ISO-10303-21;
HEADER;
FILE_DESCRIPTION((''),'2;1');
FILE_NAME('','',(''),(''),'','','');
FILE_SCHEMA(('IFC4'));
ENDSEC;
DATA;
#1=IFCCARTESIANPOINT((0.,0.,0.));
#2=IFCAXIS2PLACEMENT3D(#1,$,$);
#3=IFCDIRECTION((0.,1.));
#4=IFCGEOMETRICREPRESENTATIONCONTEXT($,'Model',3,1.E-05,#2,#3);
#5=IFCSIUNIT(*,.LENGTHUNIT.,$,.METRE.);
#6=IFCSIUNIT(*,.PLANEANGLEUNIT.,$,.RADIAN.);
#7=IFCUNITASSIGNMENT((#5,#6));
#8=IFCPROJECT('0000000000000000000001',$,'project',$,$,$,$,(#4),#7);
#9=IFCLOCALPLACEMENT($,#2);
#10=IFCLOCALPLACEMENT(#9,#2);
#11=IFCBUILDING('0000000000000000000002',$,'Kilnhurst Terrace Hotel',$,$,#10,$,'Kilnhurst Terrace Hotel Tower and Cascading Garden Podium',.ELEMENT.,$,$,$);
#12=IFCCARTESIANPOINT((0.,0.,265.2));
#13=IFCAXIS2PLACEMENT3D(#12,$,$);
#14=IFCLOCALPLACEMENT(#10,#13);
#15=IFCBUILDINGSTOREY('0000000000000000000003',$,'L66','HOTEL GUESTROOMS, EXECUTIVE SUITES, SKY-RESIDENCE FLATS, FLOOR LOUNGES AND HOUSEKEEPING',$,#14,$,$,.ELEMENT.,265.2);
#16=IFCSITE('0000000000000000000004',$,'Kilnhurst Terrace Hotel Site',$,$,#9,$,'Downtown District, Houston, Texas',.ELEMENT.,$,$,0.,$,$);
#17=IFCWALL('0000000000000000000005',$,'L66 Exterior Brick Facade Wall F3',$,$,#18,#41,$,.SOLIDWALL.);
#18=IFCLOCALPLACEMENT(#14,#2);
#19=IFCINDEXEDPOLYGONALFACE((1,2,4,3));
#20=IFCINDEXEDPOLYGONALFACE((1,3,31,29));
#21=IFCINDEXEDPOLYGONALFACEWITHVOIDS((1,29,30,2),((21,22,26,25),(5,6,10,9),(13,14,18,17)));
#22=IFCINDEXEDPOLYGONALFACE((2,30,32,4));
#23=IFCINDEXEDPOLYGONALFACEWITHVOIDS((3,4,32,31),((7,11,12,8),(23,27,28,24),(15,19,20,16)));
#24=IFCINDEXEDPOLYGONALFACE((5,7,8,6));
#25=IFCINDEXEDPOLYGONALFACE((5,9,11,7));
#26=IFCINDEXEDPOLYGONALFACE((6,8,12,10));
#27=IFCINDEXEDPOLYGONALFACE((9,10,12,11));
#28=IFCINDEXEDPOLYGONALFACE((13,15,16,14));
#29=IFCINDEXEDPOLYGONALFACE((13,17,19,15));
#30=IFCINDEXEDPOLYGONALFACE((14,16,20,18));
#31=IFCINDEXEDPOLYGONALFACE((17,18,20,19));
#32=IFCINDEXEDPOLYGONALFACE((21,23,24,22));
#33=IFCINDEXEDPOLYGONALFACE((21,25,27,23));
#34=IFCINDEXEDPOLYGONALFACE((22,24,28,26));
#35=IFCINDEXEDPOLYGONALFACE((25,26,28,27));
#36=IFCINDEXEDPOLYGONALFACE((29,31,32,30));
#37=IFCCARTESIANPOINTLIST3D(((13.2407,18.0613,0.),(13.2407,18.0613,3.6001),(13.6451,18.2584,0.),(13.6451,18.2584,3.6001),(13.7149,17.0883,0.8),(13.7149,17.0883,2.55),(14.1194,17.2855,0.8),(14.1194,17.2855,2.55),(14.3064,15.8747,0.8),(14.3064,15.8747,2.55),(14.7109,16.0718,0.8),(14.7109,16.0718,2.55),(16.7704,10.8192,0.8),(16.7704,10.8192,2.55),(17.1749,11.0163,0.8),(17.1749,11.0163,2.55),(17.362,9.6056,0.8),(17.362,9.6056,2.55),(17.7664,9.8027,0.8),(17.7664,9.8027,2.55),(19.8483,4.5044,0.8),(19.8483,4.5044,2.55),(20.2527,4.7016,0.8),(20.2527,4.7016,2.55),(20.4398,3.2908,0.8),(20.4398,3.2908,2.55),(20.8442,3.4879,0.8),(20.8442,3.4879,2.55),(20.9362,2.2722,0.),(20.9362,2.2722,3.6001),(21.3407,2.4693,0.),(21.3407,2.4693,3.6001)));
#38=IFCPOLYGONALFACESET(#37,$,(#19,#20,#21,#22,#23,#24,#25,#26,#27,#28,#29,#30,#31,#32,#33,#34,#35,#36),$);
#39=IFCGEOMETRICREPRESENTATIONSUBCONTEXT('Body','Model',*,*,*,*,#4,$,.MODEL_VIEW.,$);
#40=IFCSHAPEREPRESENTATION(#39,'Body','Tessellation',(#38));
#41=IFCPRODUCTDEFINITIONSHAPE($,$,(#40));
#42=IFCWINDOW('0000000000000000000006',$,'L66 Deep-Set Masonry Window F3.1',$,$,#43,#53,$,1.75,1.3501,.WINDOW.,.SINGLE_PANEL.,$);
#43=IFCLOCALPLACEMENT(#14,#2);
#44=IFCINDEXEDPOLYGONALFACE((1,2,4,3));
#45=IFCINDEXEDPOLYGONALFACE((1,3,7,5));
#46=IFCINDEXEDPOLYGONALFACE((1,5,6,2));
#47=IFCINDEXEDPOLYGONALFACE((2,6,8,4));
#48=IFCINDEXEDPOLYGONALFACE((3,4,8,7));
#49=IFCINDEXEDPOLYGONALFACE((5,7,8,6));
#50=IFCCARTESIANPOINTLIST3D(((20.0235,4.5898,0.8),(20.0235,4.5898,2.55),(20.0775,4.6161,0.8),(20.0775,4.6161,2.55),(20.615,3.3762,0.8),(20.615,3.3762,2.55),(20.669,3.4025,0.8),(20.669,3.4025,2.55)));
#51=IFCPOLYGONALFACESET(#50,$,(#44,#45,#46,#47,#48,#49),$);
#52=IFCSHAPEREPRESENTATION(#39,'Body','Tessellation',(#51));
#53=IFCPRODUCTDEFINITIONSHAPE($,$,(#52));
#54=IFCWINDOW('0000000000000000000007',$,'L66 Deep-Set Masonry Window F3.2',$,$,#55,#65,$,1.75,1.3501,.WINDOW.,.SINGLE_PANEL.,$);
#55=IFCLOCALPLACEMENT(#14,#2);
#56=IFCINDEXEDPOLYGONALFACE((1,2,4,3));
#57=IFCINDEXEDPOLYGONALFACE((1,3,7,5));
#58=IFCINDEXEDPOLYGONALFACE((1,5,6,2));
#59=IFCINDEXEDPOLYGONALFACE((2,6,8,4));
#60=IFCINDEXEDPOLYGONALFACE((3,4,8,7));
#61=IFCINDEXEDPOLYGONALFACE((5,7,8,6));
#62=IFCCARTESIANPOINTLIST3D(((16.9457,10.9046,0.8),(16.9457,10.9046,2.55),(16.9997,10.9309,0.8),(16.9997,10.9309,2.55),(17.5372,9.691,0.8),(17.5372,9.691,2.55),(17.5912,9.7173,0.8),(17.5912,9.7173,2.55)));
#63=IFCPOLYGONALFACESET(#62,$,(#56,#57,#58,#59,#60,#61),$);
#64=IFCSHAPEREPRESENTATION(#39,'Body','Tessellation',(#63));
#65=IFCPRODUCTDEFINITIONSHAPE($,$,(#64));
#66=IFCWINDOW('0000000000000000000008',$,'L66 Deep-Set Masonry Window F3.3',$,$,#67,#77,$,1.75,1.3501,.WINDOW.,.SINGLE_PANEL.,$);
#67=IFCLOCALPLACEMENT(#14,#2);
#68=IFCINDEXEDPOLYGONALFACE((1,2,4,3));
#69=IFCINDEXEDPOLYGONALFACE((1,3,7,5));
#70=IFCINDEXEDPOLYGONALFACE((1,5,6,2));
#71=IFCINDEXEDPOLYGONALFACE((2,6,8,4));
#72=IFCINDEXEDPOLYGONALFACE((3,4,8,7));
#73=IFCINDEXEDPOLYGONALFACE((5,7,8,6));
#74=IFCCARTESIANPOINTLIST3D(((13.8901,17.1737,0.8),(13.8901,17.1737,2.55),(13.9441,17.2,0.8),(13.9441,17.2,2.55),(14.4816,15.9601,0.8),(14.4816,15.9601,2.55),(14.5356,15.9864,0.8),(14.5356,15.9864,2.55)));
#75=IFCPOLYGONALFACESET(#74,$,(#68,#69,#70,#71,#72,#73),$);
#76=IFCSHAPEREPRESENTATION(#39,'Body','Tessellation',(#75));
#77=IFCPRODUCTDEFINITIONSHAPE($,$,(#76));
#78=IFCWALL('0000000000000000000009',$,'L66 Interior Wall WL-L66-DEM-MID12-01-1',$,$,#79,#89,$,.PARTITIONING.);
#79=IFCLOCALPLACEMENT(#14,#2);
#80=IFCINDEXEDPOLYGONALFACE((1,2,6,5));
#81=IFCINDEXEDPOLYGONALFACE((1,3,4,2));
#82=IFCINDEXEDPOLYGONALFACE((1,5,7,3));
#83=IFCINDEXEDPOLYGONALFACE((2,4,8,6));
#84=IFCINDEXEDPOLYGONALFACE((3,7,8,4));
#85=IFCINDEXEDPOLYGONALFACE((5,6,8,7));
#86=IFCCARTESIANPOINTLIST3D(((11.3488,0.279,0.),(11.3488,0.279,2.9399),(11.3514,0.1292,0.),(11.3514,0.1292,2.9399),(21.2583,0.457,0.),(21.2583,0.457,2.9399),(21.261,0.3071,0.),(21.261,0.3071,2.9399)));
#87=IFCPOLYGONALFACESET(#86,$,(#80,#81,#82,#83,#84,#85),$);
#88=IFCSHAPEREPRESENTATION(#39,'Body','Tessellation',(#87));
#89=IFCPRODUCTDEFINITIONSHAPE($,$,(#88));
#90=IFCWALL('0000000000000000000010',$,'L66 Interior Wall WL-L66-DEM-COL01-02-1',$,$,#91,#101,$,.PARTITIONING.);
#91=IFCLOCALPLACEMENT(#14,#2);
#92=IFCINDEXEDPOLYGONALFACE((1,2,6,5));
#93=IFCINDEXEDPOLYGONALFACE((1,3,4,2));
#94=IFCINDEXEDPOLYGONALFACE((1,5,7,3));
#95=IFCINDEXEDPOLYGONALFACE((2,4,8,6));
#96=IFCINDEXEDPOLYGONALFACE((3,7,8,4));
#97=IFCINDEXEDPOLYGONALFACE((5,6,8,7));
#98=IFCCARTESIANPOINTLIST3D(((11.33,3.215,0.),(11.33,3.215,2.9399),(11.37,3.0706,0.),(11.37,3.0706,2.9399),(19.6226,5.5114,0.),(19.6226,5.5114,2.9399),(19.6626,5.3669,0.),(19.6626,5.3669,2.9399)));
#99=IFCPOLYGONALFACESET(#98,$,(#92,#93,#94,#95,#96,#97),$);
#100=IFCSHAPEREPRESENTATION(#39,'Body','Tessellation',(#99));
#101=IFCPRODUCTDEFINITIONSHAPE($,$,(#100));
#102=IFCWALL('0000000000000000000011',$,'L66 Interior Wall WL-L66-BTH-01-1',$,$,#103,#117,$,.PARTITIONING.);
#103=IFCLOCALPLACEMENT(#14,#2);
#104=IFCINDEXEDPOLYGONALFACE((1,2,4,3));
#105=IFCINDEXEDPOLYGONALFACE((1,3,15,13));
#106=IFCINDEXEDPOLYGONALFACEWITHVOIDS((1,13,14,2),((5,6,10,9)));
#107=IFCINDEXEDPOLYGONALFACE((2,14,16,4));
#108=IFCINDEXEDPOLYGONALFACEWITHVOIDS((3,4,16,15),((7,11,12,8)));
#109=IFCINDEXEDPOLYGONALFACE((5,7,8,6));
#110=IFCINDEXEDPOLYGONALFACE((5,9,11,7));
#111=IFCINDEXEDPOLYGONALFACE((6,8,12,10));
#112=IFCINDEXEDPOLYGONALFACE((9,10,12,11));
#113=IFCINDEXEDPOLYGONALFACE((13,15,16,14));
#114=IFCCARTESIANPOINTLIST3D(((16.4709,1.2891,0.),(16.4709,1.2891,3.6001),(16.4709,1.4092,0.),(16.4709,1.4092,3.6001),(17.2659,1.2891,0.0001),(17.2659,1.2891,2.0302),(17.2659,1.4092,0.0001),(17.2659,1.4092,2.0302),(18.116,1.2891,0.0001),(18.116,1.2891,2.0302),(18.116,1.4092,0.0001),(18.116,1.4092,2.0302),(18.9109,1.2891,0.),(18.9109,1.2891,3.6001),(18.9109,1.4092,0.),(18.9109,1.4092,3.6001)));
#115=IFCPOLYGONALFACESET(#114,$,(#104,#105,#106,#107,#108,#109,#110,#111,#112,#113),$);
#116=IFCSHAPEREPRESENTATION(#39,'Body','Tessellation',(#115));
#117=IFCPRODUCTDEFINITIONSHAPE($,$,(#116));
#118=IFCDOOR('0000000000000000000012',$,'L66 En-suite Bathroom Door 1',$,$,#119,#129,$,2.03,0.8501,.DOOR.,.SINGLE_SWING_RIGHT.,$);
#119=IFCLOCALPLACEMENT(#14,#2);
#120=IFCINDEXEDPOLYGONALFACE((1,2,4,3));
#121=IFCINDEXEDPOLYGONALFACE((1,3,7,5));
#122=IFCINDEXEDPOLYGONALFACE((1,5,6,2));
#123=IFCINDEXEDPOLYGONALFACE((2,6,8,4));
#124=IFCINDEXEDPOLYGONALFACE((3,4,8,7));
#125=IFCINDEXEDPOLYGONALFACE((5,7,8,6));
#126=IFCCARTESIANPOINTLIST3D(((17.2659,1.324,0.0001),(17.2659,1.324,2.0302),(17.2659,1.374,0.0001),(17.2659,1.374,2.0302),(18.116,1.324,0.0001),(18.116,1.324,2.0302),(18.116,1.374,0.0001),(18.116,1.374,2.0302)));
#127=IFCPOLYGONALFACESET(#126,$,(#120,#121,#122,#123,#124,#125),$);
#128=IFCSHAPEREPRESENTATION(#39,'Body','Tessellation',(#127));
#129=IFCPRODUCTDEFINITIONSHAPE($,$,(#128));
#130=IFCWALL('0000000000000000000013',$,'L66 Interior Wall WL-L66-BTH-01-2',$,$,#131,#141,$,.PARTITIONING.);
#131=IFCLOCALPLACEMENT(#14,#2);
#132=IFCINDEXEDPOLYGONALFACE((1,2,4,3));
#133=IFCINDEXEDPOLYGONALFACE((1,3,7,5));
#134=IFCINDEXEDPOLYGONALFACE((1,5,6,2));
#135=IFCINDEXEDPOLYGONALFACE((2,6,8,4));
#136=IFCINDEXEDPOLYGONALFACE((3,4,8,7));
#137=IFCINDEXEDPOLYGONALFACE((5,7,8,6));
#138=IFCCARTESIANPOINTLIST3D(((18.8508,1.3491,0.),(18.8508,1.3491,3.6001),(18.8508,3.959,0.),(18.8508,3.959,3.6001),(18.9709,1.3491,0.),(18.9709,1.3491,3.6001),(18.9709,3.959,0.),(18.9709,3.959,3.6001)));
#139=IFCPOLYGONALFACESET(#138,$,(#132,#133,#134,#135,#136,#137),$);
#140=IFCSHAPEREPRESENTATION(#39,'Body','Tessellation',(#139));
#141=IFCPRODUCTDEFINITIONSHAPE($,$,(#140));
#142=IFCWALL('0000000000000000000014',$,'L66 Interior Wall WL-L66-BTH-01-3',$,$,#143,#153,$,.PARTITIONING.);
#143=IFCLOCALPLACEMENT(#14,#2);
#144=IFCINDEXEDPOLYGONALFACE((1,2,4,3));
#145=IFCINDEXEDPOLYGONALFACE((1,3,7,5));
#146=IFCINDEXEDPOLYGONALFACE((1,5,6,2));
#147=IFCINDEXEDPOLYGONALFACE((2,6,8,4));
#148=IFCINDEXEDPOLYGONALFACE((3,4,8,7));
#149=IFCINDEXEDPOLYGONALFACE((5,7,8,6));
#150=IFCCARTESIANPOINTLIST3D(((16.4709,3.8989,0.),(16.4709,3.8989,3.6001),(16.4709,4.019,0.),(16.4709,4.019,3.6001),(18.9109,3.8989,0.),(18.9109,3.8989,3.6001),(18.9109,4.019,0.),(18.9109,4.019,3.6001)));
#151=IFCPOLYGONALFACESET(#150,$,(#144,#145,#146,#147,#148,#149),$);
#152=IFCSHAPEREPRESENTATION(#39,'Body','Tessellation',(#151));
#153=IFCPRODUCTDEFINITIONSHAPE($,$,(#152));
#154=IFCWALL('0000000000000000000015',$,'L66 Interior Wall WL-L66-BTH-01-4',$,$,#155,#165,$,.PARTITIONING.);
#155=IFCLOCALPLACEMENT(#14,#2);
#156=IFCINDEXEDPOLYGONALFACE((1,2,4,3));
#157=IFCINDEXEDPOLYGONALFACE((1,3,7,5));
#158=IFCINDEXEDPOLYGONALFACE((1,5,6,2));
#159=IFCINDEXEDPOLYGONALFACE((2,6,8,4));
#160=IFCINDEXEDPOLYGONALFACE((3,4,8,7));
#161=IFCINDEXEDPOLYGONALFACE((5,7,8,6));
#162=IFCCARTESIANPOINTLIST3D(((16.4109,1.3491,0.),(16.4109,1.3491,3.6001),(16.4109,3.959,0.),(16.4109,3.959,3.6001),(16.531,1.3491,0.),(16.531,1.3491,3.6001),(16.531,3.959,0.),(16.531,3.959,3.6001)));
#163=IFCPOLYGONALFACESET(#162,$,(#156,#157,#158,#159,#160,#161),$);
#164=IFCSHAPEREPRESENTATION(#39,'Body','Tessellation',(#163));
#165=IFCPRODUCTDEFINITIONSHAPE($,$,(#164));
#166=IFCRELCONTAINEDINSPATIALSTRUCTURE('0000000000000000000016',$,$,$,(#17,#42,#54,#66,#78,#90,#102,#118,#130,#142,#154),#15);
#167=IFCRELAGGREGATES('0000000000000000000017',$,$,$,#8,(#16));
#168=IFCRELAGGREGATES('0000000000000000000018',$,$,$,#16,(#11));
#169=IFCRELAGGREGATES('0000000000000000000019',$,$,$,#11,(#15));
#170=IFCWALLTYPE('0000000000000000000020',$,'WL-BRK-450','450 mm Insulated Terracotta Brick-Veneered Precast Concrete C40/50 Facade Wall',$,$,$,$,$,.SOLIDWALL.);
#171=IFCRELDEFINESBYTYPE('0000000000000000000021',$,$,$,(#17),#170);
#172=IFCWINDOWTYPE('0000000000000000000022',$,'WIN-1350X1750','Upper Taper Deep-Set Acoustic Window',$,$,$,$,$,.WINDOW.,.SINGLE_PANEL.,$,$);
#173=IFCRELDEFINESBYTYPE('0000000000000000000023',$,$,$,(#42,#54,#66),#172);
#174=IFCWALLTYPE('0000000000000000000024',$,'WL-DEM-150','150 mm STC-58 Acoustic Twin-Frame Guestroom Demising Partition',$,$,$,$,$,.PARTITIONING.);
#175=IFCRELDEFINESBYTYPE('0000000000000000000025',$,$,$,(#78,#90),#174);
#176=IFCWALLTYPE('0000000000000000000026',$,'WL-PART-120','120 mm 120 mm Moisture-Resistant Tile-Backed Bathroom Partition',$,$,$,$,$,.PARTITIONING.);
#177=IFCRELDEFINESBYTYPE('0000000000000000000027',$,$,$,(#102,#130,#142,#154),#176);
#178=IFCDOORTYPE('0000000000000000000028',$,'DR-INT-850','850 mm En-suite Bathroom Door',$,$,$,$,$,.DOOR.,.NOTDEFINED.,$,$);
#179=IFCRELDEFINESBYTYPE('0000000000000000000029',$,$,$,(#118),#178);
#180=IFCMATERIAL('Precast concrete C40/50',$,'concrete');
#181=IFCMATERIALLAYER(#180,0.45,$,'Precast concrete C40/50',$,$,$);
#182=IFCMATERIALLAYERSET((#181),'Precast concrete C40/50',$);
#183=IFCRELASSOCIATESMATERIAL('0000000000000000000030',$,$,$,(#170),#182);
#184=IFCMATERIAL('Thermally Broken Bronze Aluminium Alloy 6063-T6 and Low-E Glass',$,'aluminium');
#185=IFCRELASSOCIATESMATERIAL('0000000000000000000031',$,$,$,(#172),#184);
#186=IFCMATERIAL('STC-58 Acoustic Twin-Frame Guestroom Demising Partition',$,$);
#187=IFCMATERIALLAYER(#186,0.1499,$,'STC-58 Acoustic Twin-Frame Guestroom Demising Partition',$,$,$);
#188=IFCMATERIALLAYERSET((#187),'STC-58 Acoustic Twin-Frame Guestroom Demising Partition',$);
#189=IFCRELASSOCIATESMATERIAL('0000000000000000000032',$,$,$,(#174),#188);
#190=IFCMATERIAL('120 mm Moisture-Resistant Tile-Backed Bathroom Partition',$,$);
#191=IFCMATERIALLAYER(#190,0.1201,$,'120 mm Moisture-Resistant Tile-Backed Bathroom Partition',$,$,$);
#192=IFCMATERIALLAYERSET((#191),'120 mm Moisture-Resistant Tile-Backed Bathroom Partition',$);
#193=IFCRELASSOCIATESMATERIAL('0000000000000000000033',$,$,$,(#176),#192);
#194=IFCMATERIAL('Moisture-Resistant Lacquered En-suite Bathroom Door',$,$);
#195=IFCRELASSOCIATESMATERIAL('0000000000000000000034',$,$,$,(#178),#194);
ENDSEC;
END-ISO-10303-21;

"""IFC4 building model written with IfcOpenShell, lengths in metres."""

from ifc_helpers import new_model, si_unit, direction, frame, frame_2d, origin, place, context, subcontext, project, spatial, rectangle, extrude, material, layer, layer_set, type_object, element, fill, save


model = new_model("IFC4")

# Units and contexts
model_context = context("Model", 3, precision=1e-05, world=origin(), true_north=direction((0.0, 1.0)))
body_context = subcontext(model_context, "Body", "Model", "MODEL_VIEW")
ifc_project = project(units=[si_unit("LENGTHUNIT", "METRE"), si_unit("PLANEANGLEUNIT", "RADIAN")], contexts=[model_context])

# Site, building, storey
site_placement = place(None, origin())
site = spatial("IfcSite", under=ifc_project, at=site_placement, Name="Kilnhurst Terrace Hotel Site", LongName="Downtown District, Houston, Texas", CompositionType="ELEMENT", RefElevation=0.0)
building_placement = place(site_placement, origin())
building = spatial("IfcBuilding", under=site, at=building_placement, Name="Kilnhurst Terrace Hotel", LongName="Kilnhurst Terrace Hotel Tower and Cascading Garden Podium", CompositionType="ELEMENT")
storey_placement = place(building_placement, frame((0.0, 0.0, 265.2)))
storey = spatial("IfcBuildingStorey", under=building, at=storey_placement, Name="L66", Description="HOTEL GUESTROOMS, EXECUTIVE SUITES, SKY-RESIDENCE FLATS, FLOOR LOUNGES AND HOUSEKEEPING", CompositionType="ELEMENT", Elevation=265.2)

# Shared definitions
ifc_material_1 = material(Name="Precast concrete C40/50", Category="concrete")
ifc_layer_1 = layer(ifc_material_1, 0.45, Name="Precast concrete C40/50")
ifc_layer_set_1 = layer_set([ifc_layer_1], Name="Precast concrete C40/50")
wall_type_1 = type_object("IfcWallType", Name="WL-BRK-450", Description="450 mm Insulated Terracotta Brick-Veneered Precast Concrete C40/50 Facade Wall", PredefinedType="SOLIDWALL", material=ifc_layer_set_1)

# Wall, openings, windows
wall_1_placement = place(storey_placement, frame((21.1384, 2.3708, 0.0), z_axis=(0.0, 0.0, 1.0), x_axis=(-0.438128, 0.898913, 0.0)))
wall_1 = element("IfcWall", 1, at=wall_1_placement, inside=storey, type_object=wall_type_1, Name="L66 Exterior Brick Facade Wall F3", PredefinedType="SOLIDWALL", context=body_context, shape_type="SweptSolid", body=[
    extrude(rectangle(XDim=17.5647, YDim=0.45, at=frame_2d((8.7822, 0.0))), origin(), (0.0, 0.0, 1.0), 3.6001),
])
opening_1_placement = place(wall_1_placement, frame((1.1331, 0.0, 0.8)))
opening_1 = element("IfcOpeningElement", 2, at=opening_1_placement, cuts=wall_1, PredefinedType="OPENING", context=body_context, shape_type="SweptSolid", body=[
    extrude(rectangle(XDim=1.3501, YDim=1.75, at=frame_2d((0.675, 0.875))), frame((0.0, 0.2349, 0.0), z_axis=(0.0, -1.0, 0.0), x_axis=(1.0, 0.0, 0.0)), (0.0, 0.0, 1.0), 0.47),
])
opening_2_placement = place(wall_1_placement, frame((8.158, 0.0, 0.8)))
opening_2 = element("IfcOpeningElement", 3, at=opening_2_placement, cuts=wall_1, PredefinedType="OPENING", context=body_context, shape_type="SweptSolid", body=[
    extrude(rectangle(XDim=1.3501, YDim=1.75, at=frame_2d((0.675, 0.875))), frame((0.0, 0.2349, 0.0), z_axis=(0.0, -1.0, 0.0), x_axis=(1.0, 0.0, 0.0)), (0.0, 0.0, 1.0), 0.47),
])
opening_3_placement = place(wall_1_placement, frame((15.1321, 0.0, 0.8)))
opening_3 = element("IfcOpeningElement", 4, at=opening_3_placement, cuts=wall_1, PredefinedType="OPENING", context=body_context, shape_type="SweptSolid", body=[
    extrude(rectangle(XDim=1.3501, YDim=1.75, at=frame_2d((0.675, 0.875))), frame((0.0, 0.2349, 0.0), z_axis=(0.0, -1.0, 0.0), x_axis=(1.0, 0.0, 0.0)), (0.0, 0.0, 1.0), 0.47),
])
ifc_material_2 = material(Name="Thermally Broken Bronze Aluminium Alloy 6063-T6 and Low-E Glass", Category="aluminium")
window_type = type_object("IfcWindowType", Name="WIN-1350X1750", Description="Upper Taper Deep-Set Acoustic Window", PartitioningType="SINGLE_PANEL", PredefinedType="WINDOW", material=ifc_material_2)
window_1_placement = place(opening_1_placement, origin())
window_1 = element("IfcWindow", 5, at=window_1_placement, inside=storey, type_object=window_type, Name="L66 Deep-Set Masonry Window F3.1", OverallHeight=1.75, OverallWidth=1.3501, PartitioningType="SINGLE_PANEL", PredefinedType="WINDOW", context=body_context, shape_type="SweptSolid", body=[
    extrude(rectangle(XDim=1.3501, YDim=1.75, at=frame_2d((0.675, 0.875))), frame((0.0, 0.03, 0.0), z_axis=(0.0, -1.0, 0.0), x_axis=(1.0, 0.0, 0.0)), (0.0, 0.0, 1.0), 0.0601),
])
fill(opening_1, window_1)
window_2_placement = place(opening_2_placement, origin())
window_2 = element("IfcWindow", 6, at=window_2_placement, inside=storey, type_object=window_type, Name="L66 Deep-Set Masonry Window F3.2", OverallHeight=1.75, OverallWidth=1.3501, PartitioningType="SINGLE_PANEL", PredefinedType="WINDOW", context=body_context, shape_type="SweptSolid", body=[
    extrude(rectangle(XDim=1.3501, YDim=1.75, at=frame_2d((0.675, 0.875))), frame((0.0, 0.03, 0.0), z_axis=(0.0, -1.0, 0.0), x_axis=(1.0, 0.0, 0.0)), (0.0, 0.0, 1.0), 0.0601),
])
fill(opening_2, window_2)
window_3_placement = place(opening_3_placement, origin())
window_3 = element("IfcWindow", 7, at=window_3_placement, inside=storey, type_object=window_type, Name="L66 Deep-Set Masonry Window F3.3", OverallHeight=1.75, OverallWidth=1.3501, PartitioningType="SINGLE_PANEL", PredefinedType="WINDOW", context=body_context, shape_type="SweptSolid", body=[
    extrude(rectangle(XDim=1.3501, YDim=1.75, at=frame_2d((0.675, 0.875))), frame((0.0, 0.03, 0.0), z_axis=(0.0, -1.0, 0.0), x_axis=(1.0, 0.0, 0.0)), (0.0, 0.0, 1.0), 0.0601),
])
fill(opening_3, window_3)

# Walls
ifc_material_3 = material(Name="STC-58 Acoustic Twin-Frame Guestroom Demising Partition")
ifc_layer_2 = layer(ifc_material_3, 0.1499, Name="STC-58 Acoustic Twin-Frame Guestroom Demising Partition")
ifc_layer_set_2 = layer_set([ifc_layer_2], Name="STC-58 Acoustic Twin-Frame Guestroom Demising Partition")
wall_type_2 = type_object("IfcWallType", Name="WL-DEM-150", Description="150 mm STC-58 Acoustic Twin-Frame Guestroom Demising Partition", PredefinedType="PARTITIONING", material=ifc_layer_set_2)
wall_2_placement = place(storey_placement, frame((11.3501, 0.2041, 0.0), z_axis=(0.0, 0.0, 1.0), x_axis=(0.999839, 0.017958, 0.0)))
element("IfcWall", 8, at=wall_2_placement, inside=storey, type_object=wall_type_2, Name="L66 Interior Wall WL-L66-DEM-MID12-01-1", PredefinedType="PARTITIONING", context=body_context, shape_type="SweptSolid", body=[
    extrude(rectangle(XDim=9.9111, YDim=0.1499, at=frame_2d((4.9556, 0.0))), origin(), (0.0, 0.0, 1.0), 2.9399),
])
wall_3_placement = place(storey_placement, frame((11.3501, 3.1428, 0.0), z_axis=(0.0, 0.0, 1.0), x_axis=(0.963732, 0.266873, 0.0)))
element("IfcWall", 9, at=wall_3_placement, inside=storey, type_object=wall_type_2, Name="L66 Interior Wall WL-L66-DEM-COL01-02-1", PredefinedType="PARTITIONING", context=body_context, shape_type="SweptSolid", body=[
    extrude(rectangle(XDim=8.6047, YDim=0.1499, at=frame_2d((4.3022, 0.0))), origin(), (0.0, 0.0, 1.0), 2.9399),
])

# Wall, opening, door
ifc_material_4 = material(Name="120 mm Moisture-Resistant Tile-Backed Bathroom Partition")
ifc_layer_3 = layer(ifc_material_4, 0.1201, Name="120 mm Moisture-Resistant Tile-Backed Bathroom Partition")
ifc_layer_set_3 = layer_set([ifc_layer_3], Name="120 mm Moisture-Resistant Tile-Backed Bathroom Partition")
wall_type_3 = type_object("IfcWallType", Name="WL-PART-120", Description="120 mm 120 mm Moisture-Resistant Tile-Backed Bathroom Partition", PredefinedType="PARTITIONING", material=ifc_layer_set_3)
wall_4_placement = place(storey_placement, frame((16.4709, 1.3491, 0.0), z_axis=(0.0, 0.0, 1.0), x_axis=(1.0, 0.0, 0.0)))
wall_4 = element("IfcWall", 10, at=wall_4_placement, inside=storey, type_object=wall_type_3, Name="L66 Interior Wall WL-L66-BTH-01-1", PredefinedType="PARTITIONING", context=body_context, shape_type="SweptSolid", body=[
    extrude(rectangle(XDim=2.4399, YDim=0.1201, at=frame_2d((1.22, 0.0))), origin(), (0.0, 0.0, 1.0), 3.6001),
])
opening_4_placement = place(wall_4_placement, frame((0.7949, 0.0, 0.0)))
opening_4 = element("IfcOpeningElement", 11, at=opening_4_placement, cuts=wall_4, PredefinedType="OPENING", context=body_context, shape_type="SweptSolid", body=[
    extrude(rectangle(XDim=0.8501, YDim=2.03, at=frame_2d((0.425, 1.0151))), frame((0.0, 0.0701, 0.0), z_axis=(0.0, -1.0, 0.0), x_axis=(1.0, 0.0, 0.0)), (0.0, 0.0, 1.0), 0.1401),
])
ifc_material_5 = material(Name="Moisture-Resistant Lacquered En-suite Bathroom Door")
door_type = type_object("IfcDoorType", Name="DR-INT-850", Description="850 mm En-suite Bathroom Door", OperationType="NOTDEFINED", PredefinedType="DOOR", material=ifc_material_5)
door_1_placement = place(opening_4_placement, origin())
door_1 = element("IfcDoor", 12, at=door_1_placement, inside=storey, type_object=door_type, Name="L66 En-suite Bathroom Door 1", OperationType="SINGLE_SWING_RIGHT", OverallHeight=2.03, OverallWidth=0.8501, PredefinedType="DOOR", context=body_context, shape_type="SweptSolid", body=[
    extrude(rectangle(XDim=0.8501, YDim=2.03, at=frame_2d((0.425, 1.0151))), frame((0.0, 0.0249, 0.0), z_axis=(0.0, -1.0, 0.0), x_axis=(1.0, 0.0, 0.0)), (0.0, 0.0, 1.0), 0.05),
])
fill(opening_4, door_1)

# Walls
wall_5_placement = place(storey_placement, frame((18.9109, 1.3491, 0.0), z_axis=(0.0, 0.0, 1.0), x_axis=(0.0, 1.0, 0.0)))
element("IfcWall", 13, at=wall_5_placement, inside=storey, type_object=wall_type_3, Name="L66 Interior Wall WL-L66-BTH-01-2", PredefinedType="PARTITIONING", context=body_context, shape_type="SweptSolid", body=[
    extrude(rectangle(XDim=2.6099, YDim=0.1201, at=frame_2d((1.3049, 0.0))), origin(), (0.0, 0.0, 1.0), 3.6001),
])
wall_6_placement = place(storey_placement, frame((18.9109, 3.959, 0.0), z_axis=(0.0, 0.0, 1.0), x_axis=(-1.0, 0.0, 0.0)))
element("IfcWall", 14, at=wall_6_placement, inside=storey, type_object=wall_type_3, Name="L66 Interior Wall WL-L66-BTH-01-3", PredefinedType="PARTITIONING", context=body_context, shape_type="SweptSolid", body=[
    extrude(rectangle(XDim=2.4399, YDim=0.1201, at=frame_2d((1.22, 0.0))), origin(), (0.0, 0.0, 1.0), 3.6001),
])
wall_7_placement = place(storey_placement, frame((16.4709, 3.959, 0.0), z_axis=(0.0, 0.0, 1.0), x_axis=(0.0, -1.0, 0.0)))
element("IfcWall", 15, at=wall_7_placement, inside=storey, type_object=wall_type_3, Name="L66 Interior Wall WL-L66-BTH-01-4", PredefinedType="PARTITIONING", context=body_context, shape_type="SweptSolid", body=[
    extrude(rectangle(XDim=2.6099, YDim=0.1201, at=frame_2d((1.3049, 0.0))), origin(), (0.0, 0.0, 1.0), 3.6001),
])

save(model, "model.ifc")
